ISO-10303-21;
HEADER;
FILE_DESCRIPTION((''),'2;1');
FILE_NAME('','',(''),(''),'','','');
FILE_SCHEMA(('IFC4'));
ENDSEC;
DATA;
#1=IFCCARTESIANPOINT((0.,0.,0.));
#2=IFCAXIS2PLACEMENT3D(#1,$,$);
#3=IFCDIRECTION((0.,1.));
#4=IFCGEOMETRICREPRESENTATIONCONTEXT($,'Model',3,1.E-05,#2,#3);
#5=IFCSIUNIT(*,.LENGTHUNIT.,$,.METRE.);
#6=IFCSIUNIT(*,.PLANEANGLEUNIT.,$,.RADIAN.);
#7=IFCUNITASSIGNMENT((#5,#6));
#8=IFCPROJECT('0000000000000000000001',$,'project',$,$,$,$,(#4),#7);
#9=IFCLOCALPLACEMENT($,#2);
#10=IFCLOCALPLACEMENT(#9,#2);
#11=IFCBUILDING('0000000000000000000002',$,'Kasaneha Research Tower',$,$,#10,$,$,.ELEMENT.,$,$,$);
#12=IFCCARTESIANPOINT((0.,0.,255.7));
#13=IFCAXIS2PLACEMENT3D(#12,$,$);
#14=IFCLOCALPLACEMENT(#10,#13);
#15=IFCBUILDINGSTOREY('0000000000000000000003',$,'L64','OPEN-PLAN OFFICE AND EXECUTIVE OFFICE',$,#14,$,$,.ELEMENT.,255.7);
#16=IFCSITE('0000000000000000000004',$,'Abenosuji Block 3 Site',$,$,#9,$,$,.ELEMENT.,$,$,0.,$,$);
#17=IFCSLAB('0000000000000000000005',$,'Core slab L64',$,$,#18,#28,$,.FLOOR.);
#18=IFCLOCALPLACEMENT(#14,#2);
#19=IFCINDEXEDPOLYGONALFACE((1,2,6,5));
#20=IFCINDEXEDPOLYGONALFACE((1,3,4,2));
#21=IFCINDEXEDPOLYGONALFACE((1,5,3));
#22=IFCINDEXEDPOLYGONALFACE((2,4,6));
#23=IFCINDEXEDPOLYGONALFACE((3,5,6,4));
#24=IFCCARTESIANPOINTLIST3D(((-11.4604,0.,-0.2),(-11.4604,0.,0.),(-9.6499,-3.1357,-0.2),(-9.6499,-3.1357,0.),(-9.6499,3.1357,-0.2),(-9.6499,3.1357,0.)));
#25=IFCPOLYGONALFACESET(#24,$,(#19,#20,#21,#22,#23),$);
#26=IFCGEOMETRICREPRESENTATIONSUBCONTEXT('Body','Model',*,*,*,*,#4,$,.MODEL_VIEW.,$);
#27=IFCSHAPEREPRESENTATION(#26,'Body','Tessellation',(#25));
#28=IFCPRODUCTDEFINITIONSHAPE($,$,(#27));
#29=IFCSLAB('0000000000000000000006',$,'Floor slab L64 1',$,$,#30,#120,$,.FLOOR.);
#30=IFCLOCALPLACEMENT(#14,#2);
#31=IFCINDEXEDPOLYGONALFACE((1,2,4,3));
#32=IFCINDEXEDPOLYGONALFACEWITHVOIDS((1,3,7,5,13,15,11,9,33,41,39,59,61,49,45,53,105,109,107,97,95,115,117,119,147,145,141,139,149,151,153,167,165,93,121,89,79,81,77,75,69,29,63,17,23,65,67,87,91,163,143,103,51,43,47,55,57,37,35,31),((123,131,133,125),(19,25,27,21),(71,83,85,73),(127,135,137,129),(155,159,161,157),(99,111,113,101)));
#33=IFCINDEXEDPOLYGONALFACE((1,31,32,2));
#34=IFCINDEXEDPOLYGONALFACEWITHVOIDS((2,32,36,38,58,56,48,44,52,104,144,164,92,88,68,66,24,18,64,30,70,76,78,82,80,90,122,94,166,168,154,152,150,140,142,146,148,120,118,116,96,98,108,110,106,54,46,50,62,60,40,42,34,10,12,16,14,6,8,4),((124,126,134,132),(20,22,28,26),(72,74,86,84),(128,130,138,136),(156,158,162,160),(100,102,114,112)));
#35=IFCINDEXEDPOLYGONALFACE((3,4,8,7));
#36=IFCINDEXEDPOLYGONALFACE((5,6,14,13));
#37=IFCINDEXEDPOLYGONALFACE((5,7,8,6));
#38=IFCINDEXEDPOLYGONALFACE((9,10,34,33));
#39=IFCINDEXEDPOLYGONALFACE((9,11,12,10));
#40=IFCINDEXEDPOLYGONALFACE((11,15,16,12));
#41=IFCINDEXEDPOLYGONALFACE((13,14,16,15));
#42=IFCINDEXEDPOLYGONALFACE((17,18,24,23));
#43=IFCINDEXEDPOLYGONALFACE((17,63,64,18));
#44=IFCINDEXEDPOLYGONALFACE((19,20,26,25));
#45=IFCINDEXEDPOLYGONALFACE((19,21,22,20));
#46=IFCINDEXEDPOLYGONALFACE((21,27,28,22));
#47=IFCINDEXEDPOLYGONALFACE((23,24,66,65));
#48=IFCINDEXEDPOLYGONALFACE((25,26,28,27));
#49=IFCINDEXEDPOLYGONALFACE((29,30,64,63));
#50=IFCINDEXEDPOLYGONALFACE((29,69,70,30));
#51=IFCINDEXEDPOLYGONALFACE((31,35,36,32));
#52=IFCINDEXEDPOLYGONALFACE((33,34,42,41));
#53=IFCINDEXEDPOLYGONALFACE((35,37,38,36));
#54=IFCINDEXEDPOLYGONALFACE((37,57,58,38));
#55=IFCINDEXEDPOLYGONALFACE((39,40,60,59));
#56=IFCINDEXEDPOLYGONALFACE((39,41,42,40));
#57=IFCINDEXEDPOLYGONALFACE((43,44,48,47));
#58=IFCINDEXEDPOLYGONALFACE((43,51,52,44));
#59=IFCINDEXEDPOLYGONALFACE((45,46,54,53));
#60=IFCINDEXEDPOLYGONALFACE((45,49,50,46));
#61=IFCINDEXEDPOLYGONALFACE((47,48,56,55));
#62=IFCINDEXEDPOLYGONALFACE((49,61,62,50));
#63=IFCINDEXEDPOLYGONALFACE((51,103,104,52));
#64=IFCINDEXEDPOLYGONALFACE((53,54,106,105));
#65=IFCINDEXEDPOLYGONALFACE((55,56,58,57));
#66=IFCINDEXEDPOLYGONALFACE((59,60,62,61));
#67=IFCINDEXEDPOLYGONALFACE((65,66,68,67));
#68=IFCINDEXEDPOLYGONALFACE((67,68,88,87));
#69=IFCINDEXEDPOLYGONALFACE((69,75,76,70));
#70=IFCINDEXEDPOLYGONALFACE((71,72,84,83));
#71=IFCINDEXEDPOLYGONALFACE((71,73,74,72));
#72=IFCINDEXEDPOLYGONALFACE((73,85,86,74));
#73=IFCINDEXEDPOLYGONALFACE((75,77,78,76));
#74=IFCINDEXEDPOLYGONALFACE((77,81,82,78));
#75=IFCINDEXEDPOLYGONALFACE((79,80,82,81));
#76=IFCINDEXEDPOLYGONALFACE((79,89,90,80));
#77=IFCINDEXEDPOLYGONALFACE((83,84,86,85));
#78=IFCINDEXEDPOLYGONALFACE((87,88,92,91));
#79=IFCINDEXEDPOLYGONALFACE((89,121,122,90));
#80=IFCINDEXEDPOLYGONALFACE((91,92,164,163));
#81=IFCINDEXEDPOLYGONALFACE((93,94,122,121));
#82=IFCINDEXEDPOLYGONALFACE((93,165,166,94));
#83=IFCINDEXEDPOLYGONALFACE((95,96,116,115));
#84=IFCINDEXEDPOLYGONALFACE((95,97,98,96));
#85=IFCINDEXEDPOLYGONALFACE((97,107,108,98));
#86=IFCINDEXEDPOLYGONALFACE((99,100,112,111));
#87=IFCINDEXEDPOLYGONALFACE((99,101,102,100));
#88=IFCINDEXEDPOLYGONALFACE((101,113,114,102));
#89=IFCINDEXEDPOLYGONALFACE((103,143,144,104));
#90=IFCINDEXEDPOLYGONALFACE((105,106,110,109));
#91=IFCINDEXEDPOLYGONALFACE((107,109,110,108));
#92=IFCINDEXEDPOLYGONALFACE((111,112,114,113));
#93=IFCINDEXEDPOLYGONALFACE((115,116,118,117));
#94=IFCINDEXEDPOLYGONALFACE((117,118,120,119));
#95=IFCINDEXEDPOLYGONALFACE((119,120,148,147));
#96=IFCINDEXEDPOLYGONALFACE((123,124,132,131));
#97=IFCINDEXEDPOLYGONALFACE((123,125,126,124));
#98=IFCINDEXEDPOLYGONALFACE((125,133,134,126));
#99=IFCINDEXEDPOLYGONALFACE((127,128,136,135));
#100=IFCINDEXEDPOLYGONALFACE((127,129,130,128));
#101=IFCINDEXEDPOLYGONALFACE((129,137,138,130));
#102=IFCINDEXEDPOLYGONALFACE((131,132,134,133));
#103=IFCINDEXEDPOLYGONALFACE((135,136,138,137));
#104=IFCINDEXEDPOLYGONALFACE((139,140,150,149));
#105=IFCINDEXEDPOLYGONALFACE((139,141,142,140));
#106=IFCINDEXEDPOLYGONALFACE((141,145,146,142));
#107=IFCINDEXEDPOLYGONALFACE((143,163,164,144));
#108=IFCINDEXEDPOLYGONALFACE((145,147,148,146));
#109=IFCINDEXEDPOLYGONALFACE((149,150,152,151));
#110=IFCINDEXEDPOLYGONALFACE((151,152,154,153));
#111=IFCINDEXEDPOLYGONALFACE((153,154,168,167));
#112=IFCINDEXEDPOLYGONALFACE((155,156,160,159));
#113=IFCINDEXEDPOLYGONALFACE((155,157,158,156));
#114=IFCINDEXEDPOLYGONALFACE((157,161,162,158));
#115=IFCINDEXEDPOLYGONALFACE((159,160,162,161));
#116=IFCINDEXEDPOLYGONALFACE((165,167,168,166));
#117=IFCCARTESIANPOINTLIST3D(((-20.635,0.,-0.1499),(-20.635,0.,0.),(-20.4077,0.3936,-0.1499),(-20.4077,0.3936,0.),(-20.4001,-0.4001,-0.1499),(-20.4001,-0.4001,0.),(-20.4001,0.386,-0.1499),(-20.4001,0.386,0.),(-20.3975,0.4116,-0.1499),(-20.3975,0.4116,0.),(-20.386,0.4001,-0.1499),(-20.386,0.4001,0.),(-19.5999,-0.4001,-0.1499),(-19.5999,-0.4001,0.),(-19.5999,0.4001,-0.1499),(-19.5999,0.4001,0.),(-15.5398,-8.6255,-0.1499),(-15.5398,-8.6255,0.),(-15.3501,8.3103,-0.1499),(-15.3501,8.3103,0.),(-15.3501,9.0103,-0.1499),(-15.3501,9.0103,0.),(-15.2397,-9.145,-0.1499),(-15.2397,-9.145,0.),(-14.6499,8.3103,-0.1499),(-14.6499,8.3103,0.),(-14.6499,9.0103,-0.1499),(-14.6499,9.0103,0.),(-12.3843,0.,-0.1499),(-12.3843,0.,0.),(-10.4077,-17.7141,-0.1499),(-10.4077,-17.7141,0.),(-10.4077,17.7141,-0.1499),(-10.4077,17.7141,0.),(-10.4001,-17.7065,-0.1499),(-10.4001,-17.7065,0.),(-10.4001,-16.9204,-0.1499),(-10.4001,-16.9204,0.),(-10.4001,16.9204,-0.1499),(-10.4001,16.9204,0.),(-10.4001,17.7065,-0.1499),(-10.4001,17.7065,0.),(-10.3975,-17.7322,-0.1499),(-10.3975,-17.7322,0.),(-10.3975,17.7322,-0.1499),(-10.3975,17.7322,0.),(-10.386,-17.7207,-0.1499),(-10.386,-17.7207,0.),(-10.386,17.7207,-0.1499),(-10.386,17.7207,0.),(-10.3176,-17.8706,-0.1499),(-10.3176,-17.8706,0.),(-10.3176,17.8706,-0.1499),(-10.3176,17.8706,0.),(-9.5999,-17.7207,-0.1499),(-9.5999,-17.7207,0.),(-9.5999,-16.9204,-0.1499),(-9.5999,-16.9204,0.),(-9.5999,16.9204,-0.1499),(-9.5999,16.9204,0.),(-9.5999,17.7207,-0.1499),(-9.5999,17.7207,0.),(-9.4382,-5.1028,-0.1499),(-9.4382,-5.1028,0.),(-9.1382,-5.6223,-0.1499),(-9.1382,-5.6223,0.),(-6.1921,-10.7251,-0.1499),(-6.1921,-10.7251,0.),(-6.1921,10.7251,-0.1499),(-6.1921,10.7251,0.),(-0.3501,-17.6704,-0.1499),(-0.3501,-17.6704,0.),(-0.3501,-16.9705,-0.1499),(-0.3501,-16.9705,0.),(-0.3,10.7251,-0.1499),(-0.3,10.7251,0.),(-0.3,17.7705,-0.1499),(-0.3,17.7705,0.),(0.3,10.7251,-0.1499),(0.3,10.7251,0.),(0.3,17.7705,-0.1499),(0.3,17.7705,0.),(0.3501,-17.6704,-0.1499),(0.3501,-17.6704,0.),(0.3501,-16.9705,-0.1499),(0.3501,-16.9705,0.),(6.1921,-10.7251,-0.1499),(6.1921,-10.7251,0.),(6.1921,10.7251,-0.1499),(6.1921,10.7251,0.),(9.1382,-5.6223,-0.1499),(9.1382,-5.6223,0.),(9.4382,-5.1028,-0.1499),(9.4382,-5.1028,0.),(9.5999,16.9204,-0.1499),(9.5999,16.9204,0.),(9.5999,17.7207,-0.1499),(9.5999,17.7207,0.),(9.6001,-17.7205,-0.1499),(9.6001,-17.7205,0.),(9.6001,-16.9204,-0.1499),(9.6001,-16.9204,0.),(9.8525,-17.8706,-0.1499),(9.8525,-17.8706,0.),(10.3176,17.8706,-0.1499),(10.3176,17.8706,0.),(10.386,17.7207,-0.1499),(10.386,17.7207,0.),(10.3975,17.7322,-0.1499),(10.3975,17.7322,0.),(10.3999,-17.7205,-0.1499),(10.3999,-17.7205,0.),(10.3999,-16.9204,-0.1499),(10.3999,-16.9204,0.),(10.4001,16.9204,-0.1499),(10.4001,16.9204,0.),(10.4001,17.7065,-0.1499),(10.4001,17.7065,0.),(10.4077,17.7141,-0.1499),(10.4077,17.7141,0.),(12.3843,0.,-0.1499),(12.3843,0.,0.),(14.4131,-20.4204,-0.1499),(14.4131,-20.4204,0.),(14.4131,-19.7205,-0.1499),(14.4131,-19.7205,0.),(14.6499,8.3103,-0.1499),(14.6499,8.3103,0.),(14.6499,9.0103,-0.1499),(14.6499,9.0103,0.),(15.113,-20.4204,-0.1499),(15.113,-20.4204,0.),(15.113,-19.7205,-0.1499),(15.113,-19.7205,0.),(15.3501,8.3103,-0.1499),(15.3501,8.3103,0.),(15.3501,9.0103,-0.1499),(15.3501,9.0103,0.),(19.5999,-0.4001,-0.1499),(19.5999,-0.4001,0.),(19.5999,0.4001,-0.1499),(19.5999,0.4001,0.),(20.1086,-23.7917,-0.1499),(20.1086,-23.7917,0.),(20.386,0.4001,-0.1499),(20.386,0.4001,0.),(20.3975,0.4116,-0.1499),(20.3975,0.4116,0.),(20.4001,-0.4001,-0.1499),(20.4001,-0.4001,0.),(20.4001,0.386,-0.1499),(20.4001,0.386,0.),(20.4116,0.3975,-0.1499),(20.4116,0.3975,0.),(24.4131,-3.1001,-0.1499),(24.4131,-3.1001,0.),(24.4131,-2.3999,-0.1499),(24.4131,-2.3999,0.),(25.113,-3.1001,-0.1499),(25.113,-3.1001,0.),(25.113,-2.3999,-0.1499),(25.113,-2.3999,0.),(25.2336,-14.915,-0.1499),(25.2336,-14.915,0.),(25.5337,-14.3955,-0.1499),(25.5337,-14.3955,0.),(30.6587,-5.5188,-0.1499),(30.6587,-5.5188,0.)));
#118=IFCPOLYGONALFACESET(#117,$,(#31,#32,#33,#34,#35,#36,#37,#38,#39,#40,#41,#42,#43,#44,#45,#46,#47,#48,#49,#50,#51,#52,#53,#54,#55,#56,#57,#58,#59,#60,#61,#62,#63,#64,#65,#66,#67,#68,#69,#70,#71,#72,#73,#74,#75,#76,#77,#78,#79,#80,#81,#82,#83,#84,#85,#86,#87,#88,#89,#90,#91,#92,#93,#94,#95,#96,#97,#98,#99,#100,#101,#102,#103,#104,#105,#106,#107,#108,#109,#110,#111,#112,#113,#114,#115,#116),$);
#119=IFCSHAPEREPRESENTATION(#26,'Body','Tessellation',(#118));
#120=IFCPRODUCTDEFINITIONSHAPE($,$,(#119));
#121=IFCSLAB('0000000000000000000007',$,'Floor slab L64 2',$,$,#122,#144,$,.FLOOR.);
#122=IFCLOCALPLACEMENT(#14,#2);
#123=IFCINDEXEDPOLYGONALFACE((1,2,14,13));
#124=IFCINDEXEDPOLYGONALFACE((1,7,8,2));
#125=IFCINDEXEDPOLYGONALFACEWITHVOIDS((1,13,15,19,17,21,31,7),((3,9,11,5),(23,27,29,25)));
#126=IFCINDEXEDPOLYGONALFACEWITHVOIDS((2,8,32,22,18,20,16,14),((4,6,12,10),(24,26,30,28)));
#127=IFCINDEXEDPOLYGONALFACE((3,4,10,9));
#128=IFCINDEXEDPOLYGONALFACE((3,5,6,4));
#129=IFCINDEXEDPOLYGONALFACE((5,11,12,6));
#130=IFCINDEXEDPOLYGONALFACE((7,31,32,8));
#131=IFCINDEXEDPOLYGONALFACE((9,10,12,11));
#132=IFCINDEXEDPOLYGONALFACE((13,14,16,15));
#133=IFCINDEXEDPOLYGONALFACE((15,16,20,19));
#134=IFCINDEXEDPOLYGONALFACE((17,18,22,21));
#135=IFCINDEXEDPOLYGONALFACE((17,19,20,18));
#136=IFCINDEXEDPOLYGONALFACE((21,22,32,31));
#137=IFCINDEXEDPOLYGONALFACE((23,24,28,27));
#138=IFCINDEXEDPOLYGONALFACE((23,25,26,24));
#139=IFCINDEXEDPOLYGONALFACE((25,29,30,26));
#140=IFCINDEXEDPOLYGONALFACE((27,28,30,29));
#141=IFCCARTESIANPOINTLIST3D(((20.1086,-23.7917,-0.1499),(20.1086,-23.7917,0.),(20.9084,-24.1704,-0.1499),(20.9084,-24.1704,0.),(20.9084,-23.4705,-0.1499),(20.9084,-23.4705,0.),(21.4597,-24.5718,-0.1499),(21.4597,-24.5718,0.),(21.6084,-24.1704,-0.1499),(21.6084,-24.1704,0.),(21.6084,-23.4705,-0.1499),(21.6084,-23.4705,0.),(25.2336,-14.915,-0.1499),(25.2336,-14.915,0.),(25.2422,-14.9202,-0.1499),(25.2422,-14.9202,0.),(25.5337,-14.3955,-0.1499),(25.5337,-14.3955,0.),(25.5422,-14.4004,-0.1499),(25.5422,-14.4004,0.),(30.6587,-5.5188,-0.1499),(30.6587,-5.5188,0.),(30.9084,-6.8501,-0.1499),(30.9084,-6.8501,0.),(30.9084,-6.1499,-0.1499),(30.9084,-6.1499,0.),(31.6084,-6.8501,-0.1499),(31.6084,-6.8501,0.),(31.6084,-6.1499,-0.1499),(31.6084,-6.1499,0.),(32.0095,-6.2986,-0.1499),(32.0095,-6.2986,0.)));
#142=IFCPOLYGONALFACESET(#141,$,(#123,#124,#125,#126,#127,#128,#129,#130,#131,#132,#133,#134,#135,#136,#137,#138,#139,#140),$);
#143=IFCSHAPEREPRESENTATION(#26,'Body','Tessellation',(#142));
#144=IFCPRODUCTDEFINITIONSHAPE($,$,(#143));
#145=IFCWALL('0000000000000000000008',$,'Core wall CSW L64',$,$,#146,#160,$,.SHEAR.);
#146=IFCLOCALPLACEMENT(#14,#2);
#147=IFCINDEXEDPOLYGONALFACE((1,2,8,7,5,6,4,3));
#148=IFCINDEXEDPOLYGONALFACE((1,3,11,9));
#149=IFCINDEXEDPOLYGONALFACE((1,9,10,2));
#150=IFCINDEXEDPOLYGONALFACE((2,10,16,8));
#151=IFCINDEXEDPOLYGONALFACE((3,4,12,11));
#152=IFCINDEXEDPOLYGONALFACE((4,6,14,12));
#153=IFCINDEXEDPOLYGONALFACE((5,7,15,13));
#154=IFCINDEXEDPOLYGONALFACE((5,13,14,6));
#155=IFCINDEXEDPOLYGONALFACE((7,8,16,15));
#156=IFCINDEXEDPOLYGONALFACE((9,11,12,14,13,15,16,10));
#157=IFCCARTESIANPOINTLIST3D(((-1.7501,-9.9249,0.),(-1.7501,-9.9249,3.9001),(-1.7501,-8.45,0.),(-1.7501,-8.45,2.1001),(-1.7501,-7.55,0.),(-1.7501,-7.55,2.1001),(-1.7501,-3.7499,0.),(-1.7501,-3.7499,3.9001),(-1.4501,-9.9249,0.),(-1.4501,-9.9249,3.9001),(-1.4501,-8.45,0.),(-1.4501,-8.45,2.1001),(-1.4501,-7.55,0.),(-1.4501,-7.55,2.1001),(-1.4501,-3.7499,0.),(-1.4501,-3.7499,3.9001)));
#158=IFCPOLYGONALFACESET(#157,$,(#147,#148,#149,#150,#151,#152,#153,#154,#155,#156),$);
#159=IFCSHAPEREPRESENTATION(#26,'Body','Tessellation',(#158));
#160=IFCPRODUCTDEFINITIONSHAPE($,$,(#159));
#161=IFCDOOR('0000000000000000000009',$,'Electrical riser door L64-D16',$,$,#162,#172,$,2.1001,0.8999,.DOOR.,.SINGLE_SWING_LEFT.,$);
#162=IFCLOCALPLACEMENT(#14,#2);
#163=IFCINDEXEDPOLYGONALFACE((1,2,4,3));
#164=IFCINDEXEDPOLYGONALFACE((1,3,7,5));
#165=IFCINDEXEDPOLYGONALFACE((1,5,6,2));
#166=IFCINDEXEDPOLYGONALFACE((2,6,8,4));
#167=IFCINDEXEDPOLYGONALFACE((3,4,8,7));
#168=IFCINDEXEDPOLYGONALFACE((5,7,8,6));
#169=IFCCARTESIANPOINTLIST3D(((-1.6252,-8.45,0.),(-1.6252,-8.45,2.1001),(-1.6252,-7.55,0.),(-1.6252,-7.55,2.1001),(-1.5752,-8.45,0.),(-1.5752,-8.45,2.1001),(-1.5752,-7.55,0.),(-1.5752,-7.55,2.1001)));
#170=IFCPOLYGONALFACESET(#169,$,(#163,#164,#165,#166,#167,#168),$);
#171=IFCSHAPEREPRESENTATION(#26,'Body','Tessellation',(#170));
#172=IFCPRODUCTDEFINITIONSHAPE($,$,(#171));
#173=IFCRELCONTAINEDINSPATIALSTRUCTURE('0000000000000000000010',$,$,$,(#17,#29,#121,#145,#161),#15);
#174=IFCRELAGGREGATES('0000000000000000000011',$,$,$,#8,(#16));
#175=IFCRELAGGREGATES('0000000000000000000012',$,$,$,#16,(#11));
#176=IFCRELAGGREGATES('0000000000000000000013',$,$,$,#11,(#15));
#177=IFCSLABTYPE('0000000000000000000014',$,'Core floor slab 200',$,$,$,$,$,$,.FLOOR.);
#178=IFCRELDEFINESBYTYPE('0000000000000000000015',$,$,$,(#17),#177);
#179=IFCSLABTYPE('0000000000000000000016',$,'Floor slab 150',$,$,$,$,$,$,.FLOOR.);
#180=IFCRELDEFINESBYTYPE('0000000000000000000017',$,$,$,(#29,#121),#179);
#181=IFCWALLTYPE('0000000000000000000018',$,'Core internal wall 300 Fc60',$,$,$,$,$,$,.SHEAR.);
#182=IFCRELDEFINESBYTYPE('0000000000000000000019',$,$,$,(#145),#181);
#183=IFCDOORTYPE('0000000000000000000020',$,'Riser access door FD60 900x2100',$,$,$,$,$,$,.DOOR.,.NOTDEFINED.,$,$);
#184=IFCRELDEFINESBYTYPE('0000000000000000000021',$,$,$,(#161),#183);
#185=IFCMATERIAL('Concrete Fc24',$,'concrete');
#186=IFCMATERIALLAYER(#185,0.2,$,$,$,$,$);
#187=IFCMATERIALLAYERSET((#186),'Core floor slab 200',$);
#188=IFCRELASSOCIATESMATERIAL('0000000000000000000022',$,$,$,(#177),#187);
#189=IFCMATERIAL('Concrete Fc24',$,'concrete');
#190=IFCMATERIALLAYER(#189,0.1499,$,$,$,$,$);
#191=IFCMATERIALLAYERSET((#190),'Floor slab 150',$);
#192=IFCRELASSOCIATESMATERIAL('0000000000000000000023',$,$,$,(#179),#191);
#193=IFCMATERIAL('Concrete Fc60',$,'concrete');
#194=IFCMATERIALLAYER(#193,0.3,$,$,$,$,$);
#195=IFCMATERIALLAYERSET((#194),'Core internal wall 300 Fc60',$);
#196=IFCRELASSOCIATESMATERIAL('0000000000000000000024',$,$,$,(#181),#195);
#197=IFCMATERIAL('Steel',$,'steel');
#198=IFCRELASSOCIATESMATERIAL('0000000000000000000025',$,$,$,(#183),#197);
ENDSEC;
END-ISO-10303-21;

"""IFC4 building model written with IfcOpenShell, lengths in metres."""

from ifc_helpers import new_model, si_unit, direction, frame, frame_2d, origin, place, context, subcontext, project, spatial, polyline, rectangle, outline, extrude, material, layer, layer_set, type_object, element, fill, save


model = new_model("IFC4")

# Units and contexts
model_context = context("Model", 3, precision=1e-05, world=origin(), true_north=direction((0.0, 1.0)))
body_context = subcontext(model_context, "Body", "Model", "MODEL_VIEW")
ifc_project = project(units=[si_unit("LENGTHUNIT", "METRE"), si_unit("PLANEANGLEUNIT", "RADIAN")], contexts=[model_context])

# Site, building, storey
site_placement = place(None, origin())
site = spatial("IfcSite", under=ifc_project, at=site_placement, Name="Abenosuji Block 3 Site", CompositionType="ELEMENT", RefElevation=0.0)
building_placement = place(site_placement, origin())
building = spatial("IfcBuilding", under=site, at=building_placement, Name="Kasaneha Research Tower", CompositionType="ELEMENT")
storey_placement = place(building_placement, frame((0.0, 0.0, 255.7)))
storey = spatial("IfcBuildingStorey", under=building, at=storey_placement, Name="L64", Description="OPEN-PLAN OFFICE AND EXECUTIVE OFFICE", CompositionType="ELEMENT", Elevation=255.7)

# Slabs
ifc_material_1 = material(Name="Concrete Fc24", Category="concrete")
ifc_layer_1 = layer(ifc_material_1, 0.2)
ifc_layer_set_1 = layer_set([ifc_layer_1], Name="Core floor slab 200")
slab_type_1 = type_object("IfcSlabType", Name="Core floor slab 200", PredefinedType="FLOOR", material=ifc_layer_set_1)
slab_1_placement = place(storey_placement, frame((0.0, 0.0, -0.2)))
element("IfcSlab", 1, at=slab_1_placement, inside=storey, type_object=slab_type_1, Name="Core slab L64", PredefinedType="FLOOR", context=body_context, shape_type="SweptSolid", body=[
    extrude(outline(polyline([(-11.4604, 0.0), (-9.6499, 3.1357), (-9.6499, -3.1357), (-11.4604, 0.0)])), origin(), (0.0, 0.0, 1.0), 0.2),
])
ifc_material_2 = material(Name="Concrete Fc24", Category="concrete")
ifc_layer_2 = layer(ifc_material_2, 0.1499)
ifc_layer_set_2 = layer_set([ifc_layer_2], Name="Floor slab 150")
slab_type_2 = type_object("IfcSlabType", Name="Floor slab 150", PredefinedType="FLOOR", material=ifc_layer_set_2)
slab_2_placement = place(storey_placement, frame((0.0, 0.0, -0.1499)))
element("IfcSlab", 2, at=slab_2_placement, inside=storey, type_object=slab_type_2, Name="Floor slab L64 1", PredefinedType="FLOOR", context=body_context, shape_type="SweptSolid", body=[
    extrude(outline(polyline([(-10.3176, -17.8706), (-10.3975, -17.7322), (-10.386, -17.7207), (-9.5999, -17.7207), (-9.5999, -16.9204), (-10.4001, -16.9204), (-10.4001, -17.7065), (-10.4077, -17.7141), (-20.635, 0.0), (-20.4077, 0.3936), (-20.4001, 0.386), (-20.4001, -0.4001), (-19.5999, -0.4001), (-19.5999, 0.4001), (-20.386, 0.4001), (-20.3975, 0.4116), (-10.4077, 17.7141), (-10.4001, 17.7065), (-10.4001, 16.9204), (-9.5999, 16.9204), (-9.5999, 17.7207), (-10.386, 17.7207), (-10.3975, 17.7322), (-10.3176, 17.8706), (10.3176, 17.8706), (10.3975, 17.7322), (10.386, 17.7207), (9.5999, 17.7207), (9.5999, 16.9204), (10.4001, 16.9204), (10.4001, 17.7065), (10.4077, 17.7141), (20.3975, 0.4116), (20.386, 0.4001), (19.5999, 0.4001), (19.5999, -0.4001), (20.4001, -0.4001), (20.4001, 0.386), (20.4116, 0.3975), (30.6587, -5.5188), (25.5337, -14.3955), (9.4382, -5.1028), (12.3843, 0.0), (6.1921, 10.7251), (0.3, 10.7251), (0.3, 17.7705), (-0.3, 17.7705), (-0.3, 10.7251), (-6.1921, 10.7251), (-12.3843, 0.0), (-9.4382, -5.1028), (-15.5398, -8.6255), (-15.2397, -9.145), (-9.1382, -5.6223), (-6.1921, -10.7251), (6.1921, -10.7251), (9.1382, -5.6223), (25.2336, -14.915), (20.1086, -23.7917), (9.8525, -17.8706), (-10.3176, -17.8706)]), holes=[polyline([(-0.3501, -17.6704), (0.3501, -17.6704), (0.3501, -16.9705), (-0.3501, -16.9705), (-0.3501, -17.6704)]), polyline([(-15.3501, 8.3103), (-14.6499, 8.3103), (-14.6499, 9.0103), (-15.3501, 9.0103), (-15.3501, 8.3103)]), polyline([(14.4131, -20.4204), (15.113, -20.4204), (15.113, -19.7205), (14.4131, -19.7205), (14.4131, -20.4204)]), polyline([(9.6001, -17.7205), (10.3999, -17.7205), (10.3999, -16.9204), (9.6001, -16.9204), (9.6001, -17.7205)]), polyline([(24.4131, -3.1001), (25.113, -3.1001), (25.113, -2.3999), (24.4131, -2.3999), (24.4131, -3.1001)]), polyline([(14.6499, 9.0103), (14.6499, 8.3103), (15.3501, 8.3103), (15.3501, 9.0103), (14.6499, 9.0103)])]), origin(), (0.0, 0.0, 1.0), 0.1499),
])
slab_3_placement = place(storey_placement, frame((0.0, 0.0, -0.1499)))
element("IfcSlab", 3, at=slab_3_placement, inside=storey, type_object=slab_type_2, Name="Floor slab L64 2", PredefinedType="FLOOR", context=body_context, shape_type="SweptSolid", body=[
    extrude(outline(polyline([(32.0095, -6.2986), (21.4597, -24.5718), (20.1086, -23.7917), (25.2336, -14.915), (25.2422, -14.9202), (25.5422, -14.4004), (25.5337, -14.3955), (30.6587, -5.5188), (32.0095, -6.2986)]), holes=[polyline([(20.9084, -24.1704), (21.6084, -24.1704), (21.6084, -23.4705), (20.9084, -23.4705), (20.9084, -24.1704)]), polyline([(30.9084, -6.8501), (31.6084, -6.8501), (31.6084, -6.1499), (30.9084, -6.1499), (30.9084, -6.8501)])]), origin(), (0.0, 0.0, 1.0), 0.1499),
])

# Shared definitions
ifc_material_3 = material(Name="Concrete Fc60", Category="concrete")
ifc_layer_3 = layer(ifc_material_3, 0.3)
ifc_layer_set_3 = layer_set([ifc_layer_3], Name="Core internal wall 300 Fc60")
wall_type_1 = type_object("IfcWallType", Name="Core internal wall 300 Fc60", PredefinedType="SHEAR", material=ifc_layer_set_3)

# Wall, opening, door
wall_1_placement = place(storey_placement, frame((-1.6001, -3.75, 0.0), z_axis=(0.0, 0.0, 1.0), x_axis=(0.0, -1.0, 0.0)))
wall_1 = element("IfcWall", 4, at=wall_1_placement, inside=storey, type_object=wall_type_1, Name="Core wall CSW L64", PredefinedType="SHEAR", context=body_context, shape_type="SweptSolid", body=[
    extrude(rectangle(XDim=6.175, YDim=0.3, at=frame_2d((3.0874, 0.0))), origin(), (0.0, 0.0, 1.0), 3.9001),
])
opening_1_placement = place(wall_1_placement, frame((3.8, 0.0, 0.0)))
opening_1 = element("IfcOpeningElement", 5, at=opening_1_placement, cuts=wall_1, PredefinedType="OPENING", context=body_context, shape_type="SweptSolid", body=[
    extrude(rectangle(XDim=0.8999, YDim=2.1001, at=frame_2d((0.45, 1.05))), frame((0.0, 0.1602, 0.0), z_axis=(0.0, -1.0, 0.0), x_axis=(1.0, 0.0, 0.0)), (0.0, 0.0, 1.0), 0.3201),
])
ifc_material_4 = material(Name="Steel", Category="steel")
door_type_1 = type_object("IfcDoorType", Name="Riser access door FD60 900x2100", OperationType="NOTDEFINED", PredefinedType="DOOR", material=ifc_material_4)
door_1_placement = place(opening_1_placement, origin())
door_1 = element("IfcDoor", 6, at=door_1_placement, inside=storey, type_object=door_type_1, Name="Electrical riser door L64-D16", OperationType="SINGLE_SWING_LEFT", OverallHeight=2.1001, OverallWidth=0.8999, PredefinedType="DOOR", context=body_context, shape_type="SweptSolid", body=[
    extrude(rectangle(XDim=0.8999, YDim=2.1001, at=frame_2d((0.45, 1.05))), frame((0.0, 0.0249, 0.0), z_axis=(0.0, -1.0, 0.0), x_axis=(1.0, 0.0, 0.0)), (0.0, 0.0, 1.0), 0.05),
])
fill(opening_1, door_1)

save(model, "model.ifc")
